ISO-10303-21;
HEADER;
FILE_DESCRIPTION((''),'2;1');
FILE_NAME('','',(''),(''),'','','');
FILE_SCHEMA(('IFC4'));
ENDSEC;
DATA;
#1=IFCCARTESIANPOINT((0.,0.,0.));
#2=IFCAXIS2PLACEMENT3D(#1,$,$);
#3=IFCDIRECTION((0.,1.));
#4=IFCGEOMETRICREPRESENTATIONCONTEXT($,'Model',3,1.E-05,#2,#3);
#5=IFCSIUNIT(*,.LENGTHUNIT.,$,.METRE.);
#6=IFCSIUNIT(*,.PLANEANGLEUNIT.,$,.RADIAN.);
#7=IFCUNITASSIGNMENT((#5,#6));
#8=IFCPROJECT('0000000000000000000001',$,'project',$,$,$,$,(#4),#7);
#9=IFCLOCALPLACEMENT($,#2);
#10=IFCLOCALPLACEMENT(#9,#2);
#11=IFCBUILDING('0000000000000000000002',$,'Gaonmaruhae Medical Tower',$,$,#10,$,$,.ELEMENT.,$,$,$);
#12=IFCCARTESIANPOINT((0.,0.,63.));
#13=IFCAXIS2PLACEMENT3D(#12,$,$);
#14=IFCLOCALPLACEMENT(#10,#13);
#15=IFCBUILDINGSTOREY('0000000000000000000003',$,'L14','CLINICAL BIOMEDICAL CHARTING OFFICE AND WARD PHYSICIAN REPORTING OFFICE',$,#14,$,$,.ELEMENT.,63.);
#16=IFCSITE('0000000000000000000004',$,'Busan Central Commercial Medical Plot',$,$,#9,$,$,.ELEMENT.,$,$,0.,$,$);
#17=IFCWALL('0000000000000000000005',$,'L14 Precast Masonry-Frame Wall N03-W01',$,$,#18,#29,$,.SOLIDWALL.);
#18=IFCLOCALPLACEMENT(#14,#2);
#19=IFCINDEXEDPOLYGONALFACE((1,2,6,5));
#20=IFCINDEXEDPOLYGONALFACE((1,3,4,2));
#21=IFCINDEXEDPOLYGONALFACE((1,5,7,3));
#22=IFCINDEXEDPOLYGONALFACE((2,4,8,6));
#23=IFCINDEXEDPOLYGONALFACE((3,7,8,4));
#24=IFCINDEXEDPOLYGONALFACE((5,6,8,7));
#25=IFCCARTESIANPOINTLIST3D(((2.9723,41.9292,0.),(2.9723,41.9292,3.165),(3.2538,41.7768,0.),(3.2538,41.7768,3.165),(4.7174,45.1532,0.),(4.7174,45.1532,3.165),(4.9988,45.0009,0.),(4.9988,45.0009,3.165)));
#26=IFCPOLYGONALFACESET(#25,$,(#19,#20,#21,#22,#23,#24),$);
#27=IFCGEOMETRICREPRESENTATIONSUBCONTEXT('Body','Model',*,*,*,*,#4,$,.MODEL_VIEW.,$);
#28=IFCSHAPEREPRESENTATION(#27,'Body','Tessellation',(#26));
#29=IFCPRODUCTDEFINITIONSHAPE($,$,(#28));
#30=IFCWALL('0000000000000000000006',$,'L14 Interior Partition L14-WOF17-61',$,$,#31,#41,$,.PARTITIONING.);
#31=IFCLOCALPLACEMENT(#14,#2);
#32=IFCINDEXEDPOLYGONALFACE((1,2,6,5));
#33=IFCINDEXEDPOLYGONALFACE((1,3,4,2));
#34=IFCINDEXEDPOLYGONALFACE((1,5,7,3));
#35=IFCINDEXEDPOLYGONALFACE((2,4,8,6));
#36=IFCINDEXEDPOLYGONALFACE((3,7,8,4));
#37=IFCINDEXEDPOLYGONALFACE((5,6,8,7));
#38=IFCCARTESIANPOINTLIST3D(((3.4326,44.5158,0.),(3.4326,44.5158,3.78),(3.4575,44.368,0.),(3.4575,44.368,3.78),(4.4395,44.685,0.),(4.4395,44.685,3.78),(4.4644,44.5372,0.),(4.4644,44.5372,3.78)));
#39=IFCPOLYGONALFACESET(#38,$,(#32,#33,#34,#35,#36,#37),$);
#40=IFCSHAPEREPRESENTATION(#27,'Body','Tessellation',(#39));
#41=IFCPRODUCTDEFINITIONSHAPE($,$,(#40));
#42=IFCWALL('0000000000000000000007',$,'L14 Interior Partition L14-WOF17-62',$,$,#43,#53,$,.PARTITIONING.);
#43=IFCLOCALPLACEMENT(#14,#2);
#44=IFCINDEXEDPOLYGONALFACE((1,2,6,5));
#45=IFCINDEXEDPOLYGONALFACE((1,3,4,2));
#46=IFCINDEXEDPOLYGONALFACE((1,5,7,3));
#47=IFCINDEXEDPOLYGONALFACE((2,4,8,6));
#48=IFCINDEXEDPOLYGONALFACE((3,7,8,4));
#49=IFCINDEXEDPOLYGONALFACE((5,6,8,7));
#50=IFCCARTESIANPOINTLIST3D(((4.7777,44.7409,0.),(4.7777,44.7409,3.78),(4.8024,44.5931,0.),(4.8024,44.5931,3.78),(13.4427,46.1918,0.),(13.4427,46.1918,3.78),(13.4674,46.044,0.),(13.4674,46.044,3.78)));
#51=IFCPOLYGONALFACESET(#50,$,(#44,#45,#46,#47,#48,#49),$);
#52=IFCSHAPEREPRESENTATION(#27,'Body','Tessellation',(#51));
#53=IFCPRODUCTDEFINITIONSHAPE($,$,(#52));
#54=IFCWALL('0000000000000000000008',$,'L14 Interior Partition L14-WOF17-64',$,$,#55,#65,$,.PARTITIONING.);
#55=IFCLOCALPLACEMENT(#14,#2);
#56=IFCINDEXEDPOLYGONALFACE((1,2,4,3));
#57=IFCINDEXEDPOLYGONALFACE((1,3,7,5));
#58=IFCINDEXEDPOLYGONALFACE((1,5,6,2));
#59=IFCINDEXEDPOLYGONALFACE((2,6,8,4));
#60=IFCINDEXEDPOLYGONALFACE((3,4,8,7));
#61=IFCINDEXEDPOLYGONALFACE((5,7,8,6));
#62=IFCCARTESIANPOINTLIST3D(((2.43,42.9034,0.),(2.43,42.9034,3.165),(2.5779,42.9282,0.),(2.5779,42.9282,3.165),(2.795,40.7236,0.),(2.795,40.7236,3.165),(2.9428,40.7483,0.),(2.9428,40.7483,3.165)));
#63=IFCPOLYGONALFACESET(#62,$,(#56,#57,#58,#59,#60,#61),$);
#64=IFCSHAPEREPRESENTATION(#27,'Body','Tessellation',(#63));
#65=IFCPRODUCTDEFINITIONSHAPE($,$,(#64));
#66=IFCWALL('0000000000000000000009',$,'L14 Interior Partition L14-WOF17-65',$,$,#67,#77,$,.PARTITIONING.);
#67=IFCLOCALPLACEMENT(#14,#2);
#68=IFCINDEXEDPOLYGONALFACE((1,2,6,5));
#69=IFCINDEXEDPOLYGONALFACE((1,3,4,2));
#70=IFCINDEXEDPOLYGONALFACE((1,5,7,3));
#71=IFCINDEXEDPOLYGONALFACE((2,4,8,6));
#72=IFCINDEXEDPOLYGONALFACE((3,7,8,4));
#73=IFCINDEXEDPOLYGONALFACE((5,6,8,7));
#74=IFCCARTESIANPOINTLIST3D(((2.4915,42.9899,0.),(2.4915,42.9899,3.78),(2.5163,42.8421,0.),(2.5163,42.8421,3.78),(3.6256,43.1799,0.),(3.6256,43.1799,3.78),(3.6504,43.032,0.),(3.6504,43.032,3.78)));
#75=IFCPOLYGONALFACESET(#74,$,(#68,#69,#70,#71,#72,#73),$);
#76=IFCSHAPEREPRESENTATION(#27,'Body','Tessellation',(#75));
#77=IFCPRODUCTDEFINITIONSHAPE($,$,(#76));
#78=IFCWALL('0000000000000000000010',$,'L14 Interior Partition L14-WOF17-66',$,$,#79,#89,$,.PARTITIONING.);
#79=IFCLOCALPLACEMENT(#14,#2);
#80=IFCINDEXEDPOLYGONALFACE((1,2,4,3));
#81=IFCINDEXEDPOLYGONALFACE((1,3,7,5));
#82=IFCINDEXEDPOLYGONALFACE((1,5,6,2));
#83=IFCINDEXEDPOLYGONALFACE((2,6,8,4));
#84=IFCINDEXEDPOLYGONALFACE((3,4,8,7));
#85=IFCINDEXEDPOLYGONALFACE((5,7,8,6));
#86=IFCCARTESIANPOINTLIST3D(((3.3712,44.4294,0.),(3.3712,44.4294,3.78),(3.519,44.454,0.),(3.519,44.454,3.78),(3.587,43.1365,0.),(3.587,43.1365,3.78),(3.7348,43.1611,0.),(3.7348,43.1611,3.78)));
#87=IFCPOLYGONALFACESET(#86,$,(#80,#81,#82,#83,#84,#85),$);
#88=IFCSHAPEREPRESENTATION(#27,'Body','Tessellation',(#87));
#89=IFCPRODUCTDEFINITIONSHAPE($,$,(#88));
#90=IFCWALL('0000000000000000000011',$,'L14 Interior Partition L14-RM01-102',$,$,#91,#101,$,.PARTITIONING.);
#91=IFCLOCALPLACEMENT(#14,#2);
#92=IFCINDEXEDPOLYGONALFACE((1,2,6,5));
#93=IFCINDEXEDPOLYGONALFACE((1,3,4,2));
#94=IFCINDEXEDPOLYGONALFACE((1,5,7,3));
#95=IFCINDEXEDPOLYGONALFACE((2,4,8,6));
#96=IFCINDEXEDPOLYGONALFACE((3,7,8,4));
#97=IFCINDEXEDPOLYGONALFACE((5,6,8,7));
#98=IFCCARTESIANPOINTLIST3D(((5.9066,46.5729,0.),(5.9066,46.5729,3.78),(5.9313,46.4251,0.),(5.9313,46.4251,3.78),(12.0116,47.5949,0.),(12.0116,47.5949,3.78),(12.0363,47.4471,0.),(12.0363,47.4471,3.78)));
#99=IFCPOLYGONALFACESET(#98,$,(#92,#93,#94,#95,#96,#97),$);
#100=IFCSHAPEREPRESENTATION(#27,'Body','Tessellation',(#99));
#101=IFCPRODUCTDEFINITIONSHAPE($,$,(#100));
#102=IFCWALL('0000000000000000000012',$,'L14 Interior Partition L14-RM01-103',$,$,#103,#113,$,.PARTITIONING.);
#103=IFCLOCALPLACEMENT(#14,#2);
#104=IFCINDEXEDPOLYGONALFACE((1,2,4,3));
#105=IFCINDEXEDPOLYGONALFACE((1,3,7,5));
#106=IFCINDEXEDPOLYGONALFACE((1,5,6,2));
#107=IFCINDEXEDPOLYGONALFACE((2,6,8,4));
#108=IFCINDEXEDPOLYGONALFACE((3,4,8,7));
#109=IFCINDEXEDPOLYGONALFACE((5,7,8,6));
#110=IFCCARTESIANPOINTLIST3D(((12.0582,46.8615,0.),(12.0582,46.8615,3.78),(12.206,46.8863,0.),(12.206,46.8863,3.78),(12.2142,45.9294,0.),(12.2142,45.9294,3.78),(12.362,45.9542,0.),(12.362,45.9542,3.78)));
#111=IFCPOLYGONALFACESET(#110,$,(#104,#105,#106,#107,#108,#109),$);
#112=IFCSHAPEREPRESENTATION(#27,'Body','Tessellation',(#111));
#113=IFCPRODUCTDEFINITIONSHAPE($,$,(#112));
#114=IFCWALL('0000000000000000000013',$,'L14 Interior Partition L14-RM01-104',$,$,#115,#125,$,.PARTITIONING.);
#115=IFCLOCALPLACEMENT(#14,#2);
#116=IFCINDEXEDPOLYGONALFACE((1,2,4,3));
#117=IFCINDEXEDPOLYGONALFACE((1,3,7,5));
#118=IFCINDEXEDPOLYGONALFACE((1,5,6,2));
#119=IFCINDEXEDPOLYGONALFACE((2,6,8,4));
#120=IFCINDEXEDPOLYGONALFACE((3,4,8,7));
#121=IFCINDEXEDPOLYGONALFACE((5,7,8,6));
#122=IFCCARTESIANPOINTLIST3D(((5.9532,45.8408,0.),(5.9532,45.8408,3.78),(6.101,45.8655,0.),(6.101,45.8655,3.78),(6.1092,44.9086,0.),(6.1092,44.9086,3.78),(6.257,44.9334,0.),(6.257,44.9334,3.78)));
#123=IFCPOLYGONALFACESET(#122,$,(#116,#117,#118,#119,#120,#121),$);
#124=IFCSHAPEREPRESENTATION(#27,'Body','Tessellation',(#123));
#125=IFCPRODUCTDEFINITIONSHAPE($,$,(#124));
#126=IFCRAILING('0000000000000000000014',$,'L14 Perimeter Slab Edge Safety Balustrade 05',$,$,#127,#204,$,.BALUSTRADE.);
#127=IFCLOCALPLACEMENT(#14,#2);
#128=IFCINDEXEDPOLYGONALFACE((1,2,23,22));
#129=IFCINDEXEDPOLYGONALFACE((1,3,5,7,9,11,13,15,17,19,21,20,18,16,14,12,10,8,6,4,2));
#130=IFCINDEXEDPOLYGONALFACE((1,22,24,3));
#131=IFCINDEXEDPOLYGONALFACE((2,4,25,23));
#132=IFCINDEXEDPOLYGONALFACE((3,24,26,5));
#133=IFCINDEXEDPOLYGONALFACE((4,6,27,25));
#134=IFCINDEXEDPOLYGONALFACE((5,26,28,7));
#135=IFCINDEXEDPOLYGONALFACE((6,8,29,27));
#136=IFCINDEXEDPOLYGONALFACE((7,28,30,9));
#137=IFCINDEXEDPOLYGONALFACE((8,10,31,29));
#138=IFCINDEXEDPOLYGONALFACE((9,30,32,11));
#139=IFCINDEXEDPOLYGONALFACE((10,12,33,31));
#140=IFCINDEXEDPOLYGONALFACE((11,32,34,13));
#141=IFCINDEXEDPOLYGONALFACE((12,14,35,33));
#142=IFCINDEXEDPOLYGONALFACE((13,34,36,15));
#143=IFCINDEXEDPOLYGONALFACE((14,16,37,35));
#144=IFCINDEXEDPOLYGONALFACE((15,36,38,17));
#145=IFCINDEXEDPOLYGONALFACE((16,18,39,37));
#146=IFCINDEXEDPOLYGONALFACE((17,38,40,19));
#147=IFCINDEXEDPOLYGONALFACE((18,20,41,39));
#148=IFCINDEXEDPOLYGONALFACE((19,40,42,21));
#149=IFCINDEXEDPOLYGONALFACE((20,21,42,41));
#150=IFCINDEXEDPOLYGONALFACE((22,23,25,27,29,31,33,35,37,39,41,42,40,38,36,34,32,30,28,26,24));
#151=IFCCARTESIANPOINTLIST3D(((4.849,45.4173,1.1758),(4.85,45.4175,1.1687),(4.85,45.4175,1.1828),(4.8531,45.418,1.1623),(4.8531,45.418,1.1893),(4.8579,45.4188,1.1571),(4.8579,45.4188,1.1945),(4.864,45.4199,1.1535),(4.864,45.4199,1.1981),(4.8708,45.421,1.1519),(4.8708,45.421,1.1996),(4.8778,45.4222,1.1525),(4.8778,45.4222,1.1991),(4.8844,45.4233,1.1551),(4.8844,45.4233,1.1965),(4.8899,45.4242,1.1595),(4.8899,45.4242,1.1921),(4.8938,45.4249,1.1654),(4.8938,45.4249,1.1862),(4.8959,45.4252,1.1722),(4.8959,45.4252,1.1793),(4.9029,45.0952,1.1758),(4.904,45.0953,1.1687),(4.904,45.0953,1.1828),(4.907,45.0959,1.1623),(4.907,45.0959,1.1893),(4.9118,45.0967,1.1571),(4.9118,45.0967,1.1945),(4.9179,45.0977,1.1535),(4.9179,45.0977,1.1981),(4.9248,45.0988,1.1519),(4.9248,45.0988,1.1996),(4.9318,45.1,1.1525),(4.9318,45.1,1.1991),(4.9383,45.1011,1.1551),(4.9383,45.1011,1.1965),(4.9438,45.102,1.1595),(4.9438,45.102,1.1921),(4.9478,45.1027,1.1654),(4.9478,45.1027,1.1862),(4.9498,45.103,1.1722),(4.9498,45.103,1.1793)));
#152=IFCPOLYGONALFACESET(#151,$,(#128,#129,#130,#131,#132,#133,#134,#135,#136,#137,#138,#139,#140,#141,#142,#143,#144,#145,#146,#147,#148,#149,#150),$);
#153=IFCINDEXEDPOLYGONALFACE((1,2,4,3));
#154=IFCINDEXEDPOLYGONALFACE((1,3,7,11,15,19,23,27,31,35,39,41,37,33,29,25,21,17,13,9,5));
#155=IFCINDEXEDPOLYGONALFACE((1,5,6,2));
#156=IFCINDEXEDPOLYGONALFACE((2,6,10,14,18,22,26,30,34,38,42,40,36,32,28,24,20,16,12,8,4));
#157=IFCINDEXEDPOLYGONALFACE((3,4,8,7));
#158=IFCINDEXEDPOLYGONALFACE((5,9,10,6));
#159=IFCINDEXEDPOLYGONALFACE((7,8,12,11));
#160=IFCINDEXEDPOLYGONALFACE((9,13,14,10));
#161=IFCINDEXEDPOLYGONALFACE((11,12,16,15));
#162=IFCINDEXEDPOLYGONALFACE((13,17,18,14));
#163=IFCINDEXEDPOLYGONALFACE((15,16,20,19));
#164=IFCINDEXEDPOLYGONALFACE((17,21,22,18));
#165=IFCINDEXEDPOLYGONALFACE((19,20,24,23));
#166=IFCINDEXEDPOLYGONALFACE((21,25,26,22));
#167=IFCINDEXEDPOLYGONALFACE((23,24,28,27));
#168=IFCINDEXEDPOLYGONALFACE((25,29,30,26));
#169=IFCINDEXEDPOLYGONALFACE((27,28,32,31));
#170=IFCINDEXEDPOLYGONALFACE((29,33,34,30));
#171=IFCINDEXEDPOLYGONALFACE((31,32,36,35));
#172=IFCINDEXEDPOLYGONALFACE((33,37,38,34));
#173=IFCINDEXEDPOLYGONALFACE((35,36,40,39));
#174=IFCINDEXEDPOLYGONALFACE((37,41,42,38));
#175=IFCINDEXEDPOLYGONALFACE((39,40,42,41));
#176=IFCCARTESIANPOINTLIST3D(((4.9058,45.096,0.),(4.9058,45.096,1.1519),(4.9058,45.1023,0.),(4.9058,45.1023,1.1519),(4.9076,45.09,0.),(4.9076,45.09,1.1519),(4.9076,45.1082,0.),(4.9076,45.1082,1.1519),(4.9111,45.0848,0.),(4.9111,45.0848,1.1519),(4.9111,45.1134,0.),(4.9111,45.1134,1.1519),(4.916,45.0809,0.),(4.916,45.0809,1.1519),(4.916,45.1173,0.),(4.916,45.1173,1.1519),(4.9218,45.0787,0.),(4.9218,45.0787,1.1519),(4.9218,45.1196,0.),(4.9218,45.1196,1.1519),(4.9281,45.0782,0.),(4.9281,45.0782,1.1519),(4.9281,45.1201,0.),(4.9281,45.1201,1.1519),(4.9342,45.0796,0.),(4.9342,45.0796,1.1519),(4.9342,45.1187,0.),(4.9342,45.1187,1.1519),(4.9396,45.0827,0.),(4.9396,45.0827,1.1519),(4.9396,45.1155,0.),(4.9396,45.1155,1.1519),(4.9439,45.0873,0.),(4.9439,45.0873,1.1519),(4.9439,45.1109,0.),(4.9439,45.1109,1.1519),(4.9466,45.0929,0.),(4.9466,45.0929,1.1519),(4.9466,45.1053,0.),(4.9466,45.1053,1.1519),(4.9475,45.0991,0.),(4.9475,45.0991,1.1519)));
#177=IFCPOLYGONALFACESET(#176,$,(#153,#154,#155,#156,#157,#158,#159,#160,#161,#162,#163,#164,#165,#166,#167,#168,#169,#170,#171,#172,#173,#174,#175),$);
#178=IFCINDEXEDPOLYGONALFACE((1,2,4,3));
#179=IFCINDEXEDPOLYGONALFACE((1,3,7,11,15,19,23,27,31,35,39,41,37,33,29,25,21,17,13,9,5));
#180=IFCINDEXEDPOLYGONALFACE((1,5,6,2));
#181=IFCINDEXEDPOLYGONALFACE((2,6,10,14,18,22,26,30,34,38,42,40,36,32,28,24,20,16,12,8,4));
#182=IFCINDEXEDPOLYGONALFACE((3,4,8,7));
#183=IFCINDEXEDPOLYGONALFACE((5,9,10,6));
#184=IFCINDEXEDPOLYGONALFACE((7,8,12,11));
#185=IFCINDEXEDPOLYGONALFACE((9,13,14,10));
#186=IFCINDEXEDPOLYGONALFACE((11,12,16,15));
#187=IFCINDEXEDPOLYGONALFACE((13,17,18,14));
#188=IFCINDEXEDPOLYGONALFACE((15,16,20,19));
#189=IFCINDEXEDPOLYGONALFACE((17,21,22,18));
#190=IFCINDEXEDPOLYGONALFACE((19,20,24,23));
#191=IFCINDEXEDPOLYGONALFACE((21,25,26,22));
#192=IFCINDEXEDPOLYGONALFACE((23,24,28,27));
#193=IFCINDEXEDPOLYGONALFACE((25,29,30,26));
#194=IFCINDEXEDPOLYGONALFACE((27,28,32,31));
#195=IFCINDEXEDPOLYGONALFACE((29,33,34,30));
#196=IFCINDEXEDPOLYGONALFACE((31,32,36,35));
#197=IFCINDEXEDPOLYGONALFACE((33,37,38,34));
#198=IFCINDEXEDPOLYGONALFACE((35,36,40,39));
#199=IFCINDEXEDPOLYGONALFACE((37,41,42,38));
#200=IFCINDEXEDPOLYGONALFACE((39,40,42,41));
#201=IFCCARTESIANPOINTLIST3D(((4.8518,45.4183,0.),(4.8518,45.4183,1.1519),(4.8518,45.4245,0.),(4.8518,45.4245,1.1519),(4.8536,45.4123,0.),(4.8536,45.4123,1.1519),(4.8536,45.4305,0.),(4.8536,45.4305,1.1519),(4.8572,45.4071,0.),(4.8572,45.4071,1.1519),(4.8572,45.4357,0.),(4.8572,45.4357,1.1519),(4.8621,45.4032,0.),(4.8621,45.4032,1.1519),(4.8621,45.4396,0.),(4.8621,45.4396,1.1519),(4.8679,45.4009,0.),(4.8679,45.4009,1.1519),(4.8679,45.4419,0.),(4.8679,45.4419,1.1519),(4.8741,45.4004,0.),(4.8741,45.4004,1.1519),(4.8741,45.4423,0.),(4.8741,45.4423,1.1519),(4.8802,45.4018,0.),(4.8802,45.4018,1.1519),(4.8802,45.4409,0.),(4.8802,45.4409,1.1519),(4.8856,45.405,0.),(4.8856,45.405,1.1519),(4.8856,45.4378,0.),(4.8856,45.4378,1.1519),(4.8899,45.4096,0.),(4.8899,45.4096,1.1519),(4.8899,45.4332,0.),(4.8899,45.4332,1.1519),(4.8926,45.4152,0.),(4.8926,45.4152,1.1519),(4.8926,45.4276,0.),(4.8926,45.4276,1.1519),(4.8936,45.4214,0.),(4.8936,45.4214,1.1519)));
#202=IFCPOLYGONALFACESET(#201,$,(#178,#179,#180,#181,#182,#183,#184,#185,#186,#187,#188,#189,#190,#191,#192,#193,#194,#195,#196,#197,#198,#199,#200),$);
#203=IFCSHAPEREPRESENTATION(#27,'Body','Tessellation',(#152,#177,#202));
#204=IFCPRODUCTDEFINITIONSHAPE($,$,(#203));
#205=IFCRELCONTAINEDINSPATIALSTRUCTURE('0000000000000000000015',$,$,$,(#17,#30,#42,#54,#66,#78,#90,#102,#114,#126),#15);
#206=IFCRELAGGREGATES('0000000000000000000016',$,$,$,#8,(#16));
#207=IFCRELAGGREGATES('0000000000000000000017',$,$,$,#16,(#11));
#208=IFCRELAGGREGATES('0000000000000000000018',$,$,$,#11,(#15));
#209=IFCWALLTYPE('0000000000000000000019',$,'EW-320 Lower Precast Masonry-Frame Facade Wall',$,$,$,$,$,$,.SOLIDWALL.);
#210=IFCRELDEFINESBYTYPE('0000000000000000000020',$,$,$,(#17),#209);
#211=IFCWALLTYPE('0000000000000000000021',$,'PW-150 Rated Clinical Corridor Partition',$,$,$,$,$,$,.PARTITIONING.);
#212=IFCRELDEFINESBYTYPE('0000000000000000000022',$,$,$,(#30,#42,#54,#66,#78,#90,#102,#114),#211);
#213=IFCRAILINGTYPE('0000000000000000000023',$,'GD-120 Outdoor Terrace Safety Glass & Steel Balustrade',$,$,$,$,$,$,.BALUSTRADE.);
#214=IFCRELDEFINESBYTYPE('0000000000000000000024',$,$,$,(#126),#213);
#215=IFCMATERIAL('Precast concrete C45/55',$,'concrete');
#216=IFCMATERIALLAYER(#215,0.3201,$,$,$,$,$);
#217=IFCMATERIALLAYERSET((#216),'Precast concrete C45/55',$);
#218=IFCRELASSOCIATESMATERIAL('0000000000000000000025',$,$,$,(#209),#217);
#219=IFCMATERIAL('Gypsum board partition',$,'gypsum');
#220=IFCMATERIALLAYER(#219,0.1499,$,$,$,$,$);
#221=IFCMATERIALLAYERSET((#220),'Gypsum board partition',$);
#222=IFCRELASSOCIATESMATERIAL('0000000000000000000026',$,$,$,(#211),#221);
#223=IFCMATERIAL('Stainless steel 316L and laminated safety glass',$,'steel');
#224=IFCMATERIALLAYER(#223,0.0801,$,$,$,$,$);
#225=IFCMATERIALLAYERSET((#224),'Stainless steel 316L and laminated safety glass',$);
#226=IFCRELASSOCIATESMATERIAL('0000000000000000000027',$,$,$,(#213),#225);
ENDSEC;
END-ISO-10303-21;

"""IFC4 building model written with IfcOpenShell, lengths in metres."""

from ifc_helpers import new_model, si_unit, direction, frame, frame_2d, origin, origin_2d, place, context, subcontext, project, spatial, rectangle, circle, extrude, material, layer, layer_set, type_object, element, save


model = new_model("IFC4")

# Units and contexts
model_context = context("Model", 3, precision=1e-05, world=origin(), true_north=direction((0.0, 1.0)))
body_context = subcontext(model_context, "Body", "Model", "MODEL_VIEW")
ifc_project = project(units=[si_unit("LENGTHUNIT", "METRE"), si_unit("PLANEANGLEUNIT", "RADIAN")], contexts=[model_context])

# Site, building, storey
site_placement = place(None, origin())
site = spatial("IfcSite", under=ifc_project, at=site_placement, Name="Busan Central Commercial Medical Plot", CompositionType="ELEMENT", RefElevation=0.0)
building_placement = place(site_placement, origin())
building = spatial("IfcBuilding", under=site, at=building_placement, Name="Gaonmaruhae Medical Tower", CompositionType="ELEMENT")
storey_placement = place(building_placement, frame((0.0, 0.0, 63.0)))
storey = spatial("IfcBuildingStorey", under=building, at=storey_placement, Name="L14", Description="CLINICAL BIOMEDICAL CHARTING OFFICE AND WARD PHYSICIAN REPORTING OFFICE", CompositionType="ELEMENT", Elevation=63.0)

# Walls
ifc_material_1 = material(Name="Precast concrete C45/55", Category="concrete")
ifc_layer_1 = layer(ifc_material_1, 0.3201)
ifc_layer_set_1 = layer_set([ifc_layer_1], Name="Precast concrete C45/55")
wall_type_1 = type_object("IfcWallType", Name="EW-320 Lower Precast Masonry-Frame Facade Wall", PredefinedType="SOLIDWALL", material=ifc_layer_set_1)
wall_1_placement = place(storey_placement, frame((3.113, 41.853, 0.0), z_axis=(0.0, 0.0, 1.0), x_axis=(0.476013, 0.879438, 0.0)))
element("IfcWall", 1, at=wall_1_placement, inside=storey, type_object=wall_type_1, Name="L14 Precast Masonry-Frame Wall N03-W01", PredefinedType="SOLIDWALL", context=body_context, shape_type="SweptSolid", body=[
    extrude(rectangle(XDim=3.666, YDim=0.3201, at=frame_2d((1.833, 0.0))), origin(), (0.0, 0.0, 1.0), 3.165),
])
ifc_material_2 = material(Name="Gypsum board partition", Category="gypsum")
ifc_layer_2 = layer(ifc_material_2, 0.1499)
ifc_layer_set_2 = layer_set([ifc_layer_2], Name="Gypsum board partition")
wall_type_2 = type_object("IfcWallType", Name="PW-150 Rated Clinical Corridor Partition", PredefinedType="PARTITIONING", material=ifc_layer_set_2)
wall_2_placement = place(storey_placement, frame((3.4451, 44.4419, 0.0), z_axis=(0.0, 0.0, 1.0), x_axis=(0.986173, 0.165717, 0.0)))
element("IfcWall", 2, at=wall_2_placement, inside=storey, type_object=wall_type_2, Name="L14 Interior Partition L14-WOF17-61", PredefinedType="PARTITIONING", context=body_context, shape_type="SweptSolid", body=[
    extrude(rectangle(XDim=1.021, YDim=0.1499, at=frame_2d((0.5105, 0.0))), origin(), (0.0, 0.0, 1.0), 3.78),
])
wall_3_placement = place(storey_placement, frame((4.79, 44.667, 0.0), z_axis=(0.0, 0.0, 1.0), x_axis=(0.986269, 0.165147, 0.0)))
element("IfcWall", 3, at=wall_3_placement, inside=storey, type_object=wall_type_2, Name="L14 Interior Partition L14-WOF17-62", PredefinedType="PARTITIONING", context=body_context, shape_type="SweptSolid", body=[
    extrude(rectangle(XDim=8.7856, YDim=0.1499, at=frame_2d((4.3928, 0.0))), origin(), (0.0, 0.0, 1.0), 3.78),
])
wall_4_placement = place(storey_placement, frame((2.8689, 40.7361, 0.0), z_axis=(0.0, 0.0, 1.0), x_axis=(-0.165133, 0.986271, 0.0)))
element("IfcWall", 4, at=wall_4_placement, inside=storey, type_object=wall_type_2, Name="L14 Interior Partition L14-WOF17-64", PredefinedType="PARTITIONING", context=body_context, shape_type="SweptSolid", body=[
    extrude(rectangle(XDim=2.2102, YDim=0.1499, at=frame_2d((1.105, 0.0))), origin(), (0.0, 0.0, 1.0), 3.165),
])
wall_5_placement = place(storey_placement, frame((2.5039, 42.916, 0.0), z_axis=(0.0, 0.0, 1.0), x_axis=(0.986262, 0.165191, 0.0)))
element("IfcWall", 5, at=wall_5_placement, inside=storey, type_object=wall_type_2, Name="L14 Interior Partition L14-WOF17-65", PredefinedType="PARTITIONING", context=body_context, shape_type="SweptSolid", body=[
    extrude(rectangle(XDim=1.1499, YDim=0.1499, at=frame_2d((0.575, 0.0))), origin(), (0.0, 0.0, 1.0), 3.78),
])
wall_6_placement = place(storey_placement, frame((3.6609, 43.1489, 0.0), z_axis=(0.0, 0.0, 1.0), x_axis=(-0.164641, 0.986354, 0.0)))
element("IfcWall", 6, at=wall_6_placement, inside=storey, type_object=wall_type_2, Name="L14 Interior Partition L14-WOF17-66", PredefinedType="PARTITIONING", context=body_context, shape_type="SweptSolid", body=[
    extrude(rectangle(XDim=1.3108, YDim=0.1499, at=frame_2d((0.6553, 0.0))), origin(), (0.0, 0.0, 1.0), 3.78),
])
wall_7_placement = place(storey_placement, frame((5.9189, 46.499, 0.0), z_axis=(0.0, 0.0, 1.0), x_axis=(0.986276, 0.165102, 0.0)))
element("IfcWall", 7, at=wall_7_placement, inside=storey, type_object=wall_type_2, Name="L14 Interior Partition L14-RM01-102", PredefinedType="PARTITIONING", context=body_context, shape_type="SweptSolid", body=[
    extrude(rectangle(XDim=6.1899, YDim=0.1499, at=frame_2d((3.095, 0.0))), origin(), (0.0, 0.0, 1.0), 3.78),
])
for number, where, z_axis, x_axis, name in (
    (8, (12.1321, 46.874, 0.0), (0.0, 0.0, 1.0), (0.165069, -0.986282, 0.0), "L14 Interior Partition L14-RM01-103"),
    (9, (6.1831, 44.9209, 0.0), (0.0, 0.0, 1.0), (-0.165069, 0.986282, 0.0), "L14 Interior Partition L14-RM01-104"),
):
    element("IfcWall", number, at=place(storey_placement, frame(where, z_axis=z_axis, x_axis=x_axis)), inside=storey, type_object=wall_type_2, Name=name, PredefinedType="PARTITIONING", context=body_context, shape_type="SweptSolid", body=[
        extrude(rectangle(XDim=0.9451, YDim=0.1499, at=frame_2d((0.4727, 0.0))), origin(), (0.0, 0.0, 1.0), 3.78),
    ])

# Railing
ifc_material_3 = material(Name="Stainless steel 316L and laminated safety glass", Category="steel")
ifc_layer_3 = layer(ifc_material_3, 0.0801)
ifc_layer_set_3 = layer_set([ifc_layer_3], Name="Stainless steel 316L and laminated safety glass")
railing_type = type_object("IfcRailingType", Name="GD-120 Outdoor Terrace Safety Glass & Steel Balustrade", PredefinedType="BALUSTRADE", material=ifc_layer_set_3)
railing_1_placement = place(storey_placement, frame((4.9265, 45.0991, 0.0)))
element("IfcRailing", 10, at=railing_1_placement, inside=storey, type_object=railing_type, Name="L14 Perimeter Slab Edge Safety Balustrade 05", PredefinedType="BALUSTRADE", context=body_context, shape_type="SweptSolid", body=[
    extrude(circle(Radius=0.0239, at=origin_2d()), frame((0.0, 0.0, 1.1758), z_axis=(-0.165126, 0.986272, 0.0), x_axis=(-0.986272, -0.165126, 0.0)), (0.0, 0.0, 1.0), 0.3267),
    extrude(circle(Radius=0.021, at=origin_2d()), origin(), (0.0, 0.0, 1.0), 1.1519),
    extrude(circle(Radius=0.021, at=origin_2d()), frame((-0.054, 0.3223, 0.0)), (0.0, 0.0, 1.0), 1.1519),
])

save(model, "model.ifc")
